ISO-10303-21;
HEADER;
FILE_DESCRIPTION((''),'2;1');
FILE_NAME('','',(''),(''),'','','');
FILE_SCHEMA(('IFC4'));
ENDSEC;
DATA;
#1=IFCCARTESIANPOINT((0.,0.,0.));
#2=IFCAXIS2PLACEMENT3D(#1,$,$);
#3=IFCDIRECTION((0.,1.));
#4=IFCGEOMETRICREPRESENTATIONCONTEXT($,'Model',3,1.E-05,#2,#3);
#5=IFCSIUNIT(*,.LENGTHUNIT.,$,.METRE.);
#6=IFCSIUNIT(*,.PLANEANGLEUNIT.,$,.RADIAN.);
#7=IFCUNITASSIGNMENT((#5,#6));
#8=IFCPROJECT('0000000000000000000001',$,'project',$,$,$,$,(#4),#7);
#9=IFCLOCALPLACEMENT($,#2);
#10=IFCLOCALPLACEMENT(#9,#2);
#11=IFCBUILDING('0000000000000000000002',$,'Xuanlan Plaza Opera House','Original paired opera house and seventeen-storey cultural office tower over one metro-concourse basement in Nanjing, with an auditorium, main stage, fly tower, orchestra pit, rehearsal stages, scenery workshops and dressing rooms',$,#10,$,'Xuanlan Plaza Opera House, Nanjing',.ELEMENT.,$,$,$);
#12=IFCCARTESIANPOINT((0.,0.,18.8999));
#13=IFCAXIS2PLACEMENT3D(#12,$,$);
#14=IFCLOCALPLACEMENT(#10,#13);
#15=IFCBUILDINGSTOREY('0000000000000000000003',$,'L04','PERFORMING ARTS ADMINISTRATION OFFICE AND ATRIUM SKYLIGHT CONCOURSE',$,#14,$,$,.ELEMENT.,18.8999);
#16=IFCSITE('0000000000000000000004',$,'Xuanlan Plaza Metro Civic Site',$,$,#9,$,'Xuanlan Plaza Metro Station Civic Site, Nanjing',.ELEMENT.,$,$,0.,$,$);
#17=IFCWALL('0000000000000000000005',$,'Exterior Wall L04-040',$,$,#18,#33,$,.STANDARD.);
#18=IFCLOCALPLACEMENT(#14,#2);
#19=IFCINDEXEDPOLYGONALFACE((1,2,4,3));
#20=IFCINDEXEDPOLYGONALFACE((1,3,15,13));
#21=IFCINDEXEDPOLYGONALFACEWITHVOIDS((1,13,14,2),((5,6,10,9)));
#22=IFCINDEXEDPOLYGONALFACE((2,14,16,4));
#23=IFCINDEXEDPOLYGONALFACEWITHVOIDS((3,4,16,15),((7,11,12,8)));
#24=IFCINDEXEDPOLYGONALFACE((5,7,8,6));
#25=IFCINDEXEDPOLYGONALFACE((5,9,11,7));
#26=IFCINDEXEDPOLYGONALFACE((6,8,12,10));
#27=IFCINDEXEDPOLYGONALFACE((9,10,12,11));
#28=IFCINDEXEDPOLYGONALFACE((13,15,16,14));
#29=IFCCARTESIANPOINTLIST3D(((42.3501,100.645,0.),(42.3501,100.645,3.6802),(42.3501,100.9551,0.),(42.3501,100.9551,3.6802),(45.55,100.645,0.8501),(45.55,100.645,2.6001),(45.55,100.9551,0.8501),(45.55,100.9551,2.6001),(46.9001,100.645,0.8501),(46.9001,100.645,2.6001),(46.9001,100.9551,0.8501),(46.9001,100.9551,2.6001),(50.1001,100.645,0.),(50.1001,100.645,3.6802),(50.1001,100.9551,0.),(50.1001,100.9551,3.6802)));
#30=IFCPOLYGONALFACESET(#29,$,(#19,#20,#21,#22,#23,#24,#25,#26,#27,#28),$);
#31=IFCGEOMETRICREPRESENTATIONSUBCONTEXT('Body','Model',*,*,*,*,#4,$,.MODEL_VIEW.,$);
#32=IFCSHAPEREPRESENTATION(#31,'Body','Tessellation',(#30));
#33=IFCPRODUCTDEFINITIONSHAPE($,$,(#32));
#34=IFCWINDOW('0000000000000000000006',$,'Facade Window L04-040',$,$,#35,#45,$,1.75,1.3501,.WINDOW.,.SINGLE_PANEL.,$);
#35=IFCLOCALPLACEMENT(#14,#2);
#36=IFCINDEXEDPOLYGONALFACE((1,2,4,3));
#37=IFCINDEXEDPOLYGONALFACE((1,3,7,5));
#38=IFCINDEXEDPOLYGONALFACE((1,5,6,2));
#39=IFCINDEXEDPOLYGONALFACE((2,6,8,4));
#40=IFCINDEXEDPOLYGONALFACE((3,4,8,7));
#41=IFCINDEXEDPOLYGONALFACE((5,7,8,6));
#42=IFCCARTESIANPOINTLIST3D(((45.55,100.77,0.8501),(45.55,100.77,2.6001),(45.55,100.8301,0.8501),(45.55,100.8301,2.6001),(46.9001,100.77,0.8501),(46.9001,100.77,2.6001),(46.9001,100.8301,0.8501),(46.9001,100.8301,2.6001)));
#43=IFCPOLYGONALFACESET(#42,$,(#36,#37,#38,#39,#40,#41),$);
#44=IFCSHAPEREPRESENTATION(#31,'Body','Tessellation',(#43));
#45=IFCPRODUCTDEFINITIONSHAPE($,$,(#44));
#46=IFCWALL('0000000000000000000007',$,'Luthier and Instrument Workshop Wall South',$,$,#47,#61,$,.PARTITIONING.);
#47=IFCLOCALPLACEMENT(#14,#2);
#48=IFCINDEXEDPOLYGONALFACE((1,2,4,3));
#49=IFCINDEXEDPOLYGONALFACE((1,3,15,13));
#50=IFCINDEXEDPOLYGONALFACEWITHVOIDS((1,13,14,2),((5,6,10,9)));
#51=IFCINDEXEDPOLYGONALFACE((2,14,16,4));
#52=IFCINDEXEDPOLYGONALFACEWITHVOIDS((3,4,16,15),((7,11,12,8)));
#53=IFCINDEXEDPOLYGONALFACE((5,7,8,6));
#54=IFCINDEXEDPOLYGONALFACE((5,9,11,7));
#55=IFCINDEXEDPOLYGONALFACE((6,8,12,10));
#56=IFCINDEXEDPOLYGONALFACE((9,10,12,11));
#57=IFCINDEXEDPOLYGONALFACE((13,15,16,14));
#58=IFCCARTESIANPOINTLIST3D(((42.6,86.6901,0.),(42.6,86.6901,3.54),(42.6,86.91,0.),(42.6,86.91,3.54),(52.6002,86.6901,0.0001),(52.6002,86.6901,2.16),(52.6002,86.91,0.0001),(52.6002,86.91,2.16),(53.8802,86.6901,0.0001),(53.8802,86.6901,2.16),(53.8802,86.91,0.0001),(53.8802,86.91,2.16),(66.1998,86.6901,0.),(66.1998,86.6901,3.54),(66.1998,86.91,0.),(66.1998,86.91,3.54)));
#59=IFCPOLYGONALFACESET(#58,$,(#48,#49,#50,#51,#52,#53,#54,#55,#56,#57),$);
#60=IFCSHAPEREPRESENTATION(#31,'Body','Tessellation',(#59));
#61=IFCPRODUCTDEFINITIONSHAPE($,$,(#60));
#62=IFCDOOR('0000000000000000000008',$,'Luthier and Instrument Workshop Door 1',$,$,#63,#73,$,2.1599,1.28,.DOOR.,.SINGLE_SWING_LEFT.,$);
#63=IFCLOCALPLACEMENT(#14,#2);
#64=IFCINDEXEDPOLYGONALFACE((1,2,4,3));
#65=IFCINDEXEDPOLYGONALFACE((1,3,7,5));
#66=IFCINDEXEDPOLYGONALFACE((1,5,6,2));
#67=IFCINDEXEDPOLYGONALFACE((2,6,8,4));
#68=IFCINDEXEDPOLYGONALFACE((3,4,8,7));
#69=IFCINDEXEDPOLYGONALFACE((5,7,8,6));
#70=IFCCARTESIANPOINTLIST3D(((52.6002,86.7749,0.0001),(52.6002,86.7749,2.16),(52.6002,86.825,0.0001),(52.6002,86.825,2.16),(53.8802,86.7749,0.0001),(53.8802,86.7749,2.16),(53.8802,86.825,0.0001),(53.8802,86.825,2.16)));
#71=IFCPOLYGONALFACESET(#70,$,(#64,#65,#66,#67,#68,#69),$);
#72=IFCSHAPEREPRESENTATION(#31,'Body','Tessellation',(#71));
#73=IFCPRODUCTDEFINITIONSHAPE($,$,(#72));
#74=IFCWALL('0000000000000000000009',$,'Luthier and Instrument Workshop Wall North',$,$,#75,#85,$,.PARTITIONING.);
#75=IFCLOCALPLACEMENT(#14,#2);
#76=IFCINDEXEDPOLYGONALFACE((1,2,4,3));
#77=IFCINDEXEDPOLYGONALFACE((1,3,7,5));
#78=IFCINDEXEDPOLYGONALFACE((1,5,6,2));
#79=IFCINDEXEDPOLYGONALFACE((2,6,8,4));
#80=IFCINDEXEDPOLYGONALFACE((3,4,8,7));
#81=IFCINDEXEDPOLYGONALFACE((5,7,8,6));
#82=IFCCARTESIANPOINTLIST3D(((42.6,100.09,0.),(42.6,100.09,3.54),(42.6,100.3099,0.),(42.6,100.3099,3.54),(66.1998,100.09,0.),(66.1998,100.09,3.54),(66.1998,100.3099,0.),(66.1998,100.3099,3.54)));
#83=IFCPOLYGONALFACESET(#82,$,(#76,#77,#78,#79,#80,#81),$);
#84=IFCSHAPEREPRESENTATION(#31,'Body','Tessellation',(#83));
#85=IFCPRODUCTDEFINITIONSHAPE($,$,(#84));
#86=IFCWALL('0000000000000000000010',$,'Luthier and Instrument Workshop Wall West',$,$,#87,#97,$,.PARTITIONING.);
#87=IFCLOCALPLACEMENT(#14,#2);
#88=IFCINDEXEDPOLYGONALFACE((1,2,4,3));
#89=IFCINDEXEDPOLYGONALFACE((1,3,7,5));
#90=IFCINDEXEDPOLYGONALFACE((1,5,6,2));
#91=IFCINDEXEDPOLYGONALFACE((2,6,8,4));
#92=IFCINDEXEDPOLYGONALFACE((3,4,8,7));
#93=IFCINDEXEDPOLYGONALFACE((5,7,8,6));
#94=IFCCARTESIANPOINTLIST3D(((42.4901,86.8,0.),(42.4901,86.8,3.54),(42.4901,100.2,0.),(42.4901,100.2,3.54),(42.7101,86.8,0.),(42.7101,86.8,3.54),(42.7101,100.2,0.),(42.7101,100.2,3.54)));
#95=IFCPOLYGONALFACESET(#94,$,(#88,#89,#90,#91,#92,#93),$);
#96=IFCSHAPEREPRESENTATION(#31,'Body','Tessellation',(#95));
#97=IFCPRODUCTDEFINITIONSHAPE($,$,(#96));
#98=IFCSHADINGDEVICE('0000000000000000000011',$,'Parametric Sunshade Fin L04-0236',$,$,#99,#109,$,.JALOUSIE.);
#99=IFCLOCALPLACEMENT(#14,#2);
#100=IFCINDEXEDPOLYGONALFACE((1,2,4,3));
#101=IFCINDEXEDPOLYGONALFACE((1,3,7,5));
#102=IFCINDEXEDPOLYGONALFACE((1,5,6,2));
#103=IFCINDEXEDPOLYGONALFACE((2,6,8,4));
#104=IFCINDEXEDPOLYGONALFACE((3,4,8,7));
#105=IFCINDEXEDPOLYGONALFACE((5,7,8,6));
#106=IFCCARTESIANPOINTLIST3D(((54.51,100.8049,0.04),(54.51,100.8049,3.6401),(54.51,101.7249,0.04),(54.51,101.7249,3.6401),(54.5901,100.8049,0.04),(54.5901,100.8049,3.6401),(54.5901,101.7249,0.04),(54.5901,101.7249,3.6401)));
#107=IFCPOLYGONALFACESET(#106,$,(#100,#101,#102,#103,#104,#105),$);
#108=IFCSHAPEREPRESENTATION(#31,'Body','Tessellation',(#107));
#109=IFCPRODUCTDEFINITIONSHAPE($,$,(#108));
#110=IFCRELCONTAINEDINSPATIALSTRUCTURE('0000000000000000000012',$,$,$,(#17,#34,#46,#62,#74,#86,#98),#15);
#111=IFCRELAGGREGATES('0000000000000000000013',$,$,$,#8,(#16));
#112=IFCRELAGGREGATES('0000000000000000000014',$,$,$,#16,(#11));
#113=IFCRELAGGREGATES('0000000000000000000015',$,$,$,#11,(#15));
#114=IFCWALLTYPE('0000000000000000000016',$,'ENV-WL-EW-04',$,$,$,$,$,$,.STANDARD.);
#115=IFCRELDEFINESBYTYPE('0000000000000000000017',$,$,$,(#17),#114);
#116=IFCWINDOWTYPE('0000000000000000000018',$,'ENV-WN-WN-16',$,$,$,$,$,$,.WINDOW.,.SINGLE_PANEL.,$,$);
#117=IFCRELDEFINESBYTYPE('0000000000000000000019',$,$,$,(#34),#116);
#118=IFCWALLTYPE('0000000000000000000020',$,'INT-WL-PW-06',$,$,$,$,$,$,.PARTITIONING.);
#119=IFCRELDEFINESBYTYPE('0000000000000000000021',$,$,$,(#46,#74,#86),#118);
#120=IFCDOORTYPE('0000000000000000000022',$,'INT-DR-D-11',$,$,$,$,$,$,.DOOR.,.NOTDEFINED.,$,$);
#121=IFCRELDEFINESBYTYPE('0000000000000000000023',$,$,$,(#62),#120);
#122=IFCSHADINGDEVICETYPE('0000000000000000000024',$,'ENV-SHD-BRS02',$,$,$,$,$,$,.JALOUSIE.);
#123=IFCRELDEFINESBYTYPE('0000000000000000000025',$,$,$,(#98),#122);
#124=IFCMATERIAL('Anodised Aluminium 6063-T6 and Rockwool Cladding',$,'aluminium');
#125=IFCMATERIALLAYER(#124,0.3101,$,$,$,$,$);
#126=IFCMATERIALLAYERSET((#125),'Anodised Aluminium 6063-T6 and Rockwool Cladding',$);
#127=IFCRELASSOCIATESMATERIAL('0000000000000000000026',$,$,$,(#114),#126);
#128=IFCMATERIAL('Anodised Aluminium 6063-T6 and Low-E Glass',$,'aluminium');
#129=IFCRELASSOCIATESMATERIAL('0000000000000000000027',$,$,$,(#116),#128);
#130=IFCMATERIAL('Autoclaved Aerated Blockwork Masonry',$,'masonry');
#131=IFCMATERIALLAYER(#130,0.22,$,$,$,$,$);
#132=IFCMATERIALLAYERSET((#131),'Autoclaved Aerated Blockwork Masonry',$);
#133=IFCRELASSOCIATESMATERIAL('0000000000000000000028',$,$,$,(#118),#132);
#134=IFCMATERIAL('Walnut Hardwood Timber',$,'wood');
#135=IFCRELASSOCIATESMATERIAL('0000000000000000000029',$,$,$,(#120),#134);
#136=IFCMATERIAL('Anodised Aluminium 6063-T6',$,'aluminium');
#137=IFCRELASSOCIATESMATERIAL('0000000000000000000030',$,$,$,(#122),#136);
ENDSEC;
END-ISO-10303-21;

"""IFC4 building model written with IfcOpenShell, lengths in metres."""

from ifc_helpers import new_model, si_unit, direction, frame, frame_2d, origin, origin_2d, place, context, subcontext, project, spatial, rectangle, extrude, material, layer, layer_set, type_object, element, fill, save


model = new_model("IFC4")

# Units and contexts
model_context = context("Model", 3, precision=1e-05, world=origin(), true_north=direction((0.0, 1.0)))
body_context = subcontext(model_context, "Body", "Model", "MODEL_VIEW")
ifc_project = project(units=[si_unit("LENGTHUNIT", "METRE"), si_unit("PLANEANGLEUNIT", "RADIAN")], contexts=[model_context])

# Site, building, storey
site_placement = place(None, origin())
site = spatial("IfcSite", under=ifc_project, at=site_placement, Name="Xuanlan Plaza Metro Civic Site", LongName="Xuanlan Plaza Metro Station Civic Site, Nanjing", CompositionType="ELEMENT", RefElevation=0.0)
building_placement = place(site_placement, origin())
building = spatial("IfcBuilding", under=site, at=building_placement, Name="Xuanlan Plaza Opera House", Description="Original paired opera house and seventeen-storey cultural office tower over one metro-concourse basement in Nanjing, with an auditorium, main stage, fly tower, orchestra pit, rehearsal stages, scenery workshops and dressing rooms", LongName="Xuanlan Plaza Opera House, Nanjing", CompositionType="ELEMENT")
storey_placement = place(building_placement, frame((0.0, 0.0, 18.8999)))
storey = spatial("IfcBuildingStorey", under=building, at=storey_placement, Name="L04", Description="PERFORMING ARTS ADMINISTRATION OFFICE AND ATRIUM SKYLIGHT CONCOURSE", CompositionType="ELEMENT", Elevation=18.8999)

# Shared definitions
ifc_material_1 = material(Name="Anodised Aluminium 6063-T6 and Low-E Glass", Category="aluminium")
ifc_material_2 = material(Name="Anodised Aluminium 6063-T6", Category="aluminium")

# Wall, opening, window
ifc_material_3 = material(Name="Anodised Aluminium 6063-T6 and Rockwool Cladding", Category="aluminium")
ifc_layer_1 = layer(ifc_material_3, 0.3101)
ifc_layer_set_1 = layer_set([ifc_layer_1], Name="Anodised Aluminium 6063-T6 and Rockwool Cladding")
wall_type_1 = type_object("IfcWallType", Name="ENV-WL-EW-04", PredefinedType="STANDARD", material=ifc_layer_set_1)
wall_1_placement = place(storey_placement, frame((50.1001, 100.8, 0.0), z_axis=(0.0, 0.0, 1.0), x_axis=(-1.0, 0.0, 0.0)))
wall_1 = element("IfcWall", 1, at=wall_1_placement, inside=storey, type_object=wall_type_1, Name="Exterior Wall L04-040", PredefinedType="STANDARD", context=body_context, shape_type="SweptSolid", body=[
    extrude(rectangle(XDim=7.75, YDim=0.3101, at=frame_2d((3.875, 0.0))), origin(), (0.0, 0.0, 1.0), 3.6802),
])
opening_1_placement = place(wall_1_placement, frame((3.2, 0.0, 0.8501)))
opening_1 = element("IfcOpeningElement", 2, at=opening_1_placement, cuts=wall_1, PredefinedType="OPENING", context=body_context, shape_type="SweptSolid", body=[
    extrude(rectangle(XDim=1.3501, YDim=1.75, at=frame_2d((0.675, 0.875))), frame((0.0, 0.165, 0.0), z_axis=(0.0, -1.0, 0.0), x_axis=(1.0, 0.0, 0.0)), (0.0, 0.0, 1.0), 0.3301),
])
window_type = type_object("IfcWindowType", Name="ENV-WN-WN-16", PartitioningType="SINGLE_PANEL", PredefinedType="WINDOW", material=ifc_material_1)
window_placement = place(opening_1_placement, origin())
window = element("IfcWindow", 3, at=window_placement, inside=storey, type_object=window_type, Name="Facade Window L04-040", OverallHeight=1.75, OverallWidth=1.3501, PartitioningType="SINGLE_PANEL", PredefinedType="WINDOW", context=body_context, shape_type="SweptSolid", body=[
    extrude(rectangle(XDim=1.3501, YDim=1.75, at=frame_2d((0.675, 0.875))), frame((0.0, 0.03, 0.0), z_axis=(0.0, -1.0, 0.0), x_axis=(1.0, 0.0, 0.0)), (0.0, 0.0, 1.0), 0.0601),
])
fill(opening_1, window)

# Wall, opening, door
ifc_material_4 = material(Name="Autoclaved Aerated Blockwork Masonry", Category="masonry")
ifc_layer_2 = layer(ifc_material_4, 0.22)
ifc_layer_set_2 = layer_set([ifc_layer_2], Name="Autoclaved Aerated Blockwork Masonry")
wall_type_2 = type_object("IfcWallType", Name="INT-WL-PW-06", PredefinedType="PARTITIONING", material=ifc_layer_set_2)
wall_2_placement = place(storey_placement, frame((42.6001, 86.8, 0.0), z_axis=(0.0, 0.0, 1.0), x_axis=(1.0, 0.0, 0.0)))
wall_2 = element("IfcWall", 4, at=wall_2_placement, inside=storey, type_object=wall_type_2, Name="Luthier and Instrument Workshop Wall South", PredefinedType="PARTITIONING", context=body_context, shape_type="SweptSolid", body=[
    extrude(rectangle(XDim=23.5999, YDim=0.22, at=frame_2d((11.7998, 0.0))), origin(), (0.0, 0.0, 1.0), 3.54),
])
opening_2_placement = place(wall_2_placement, frame((10.0, 0.0, 0.0)))
opening_2 = element("IfcOpeningElement", 5, at=opening_2_placement, cuts=wall_2, PredefinedType="OPENING", context=body_context, shape_type="SweptSolid", body=[
    extrude(rectangle(XDim=1.28, YDim=2.1599, at=frame_2d((0.6401, 1.0801))), frame((0.0, 0.1199, 0.0), z_axis=(0.0, -1.0, 0.0), x_axis=(1.0, 0.0, 0.0)), (0.0, 0.0, 1.0), 0.24),
])
ifc_material_5 = material(Name="Walnut Hardwood Timber", Category="wood")
door_type = type_object("IfcDoorType", Name="INT-DR-D-11", OperationType="NOTDEFINED", PredefinedType="DOOR", material=ifc_material_5)
door_placement = place(opening_2_placement, origin())
door = element("IfcDoor", 6, at=door_placement, inside=storey, type_object=door_type, Name="Luthier and Instrument Workshop Door 1", OperationType="SINGLE_SWING_LEFT", OverallHeight=2.1599, OverallWidth=1.28, PredefinedType="DOOR", context=body_context, shape_type="SweptSolid", body=[
    extrude(rectangle(XDim=1.28, YDim=2.1599, at=frame_2d((0.6401, 1.0801))), frame((0.0, 0.0249, 0.0), z_axis=(0.0, -1.0, 0.0), x_axis=(1.0, 0.0, 0.0)), (0.0, 0.0, 1.0), 0.05),
])
fill(opening_2, door)

# Walls
wall_3_placement = place(storey_placement, frame((42.6001, 100.2, 0.0), z_axis=(0.0, 0.0, 1.0), x_axis=(1.0, 0.0, 0.0)))
element("IfcWall", 7, at=wall_3_placement, inside=storey, type_object=wall_type_2, Name="Luthier and Instrument Workshop Wall North", PredefinedType="PARTITIONING", context=body_context, shape_type="SweptSolid", body=[
    extrude(rectangle(XDim=23.5999, YDim=0.22, at=frame_2d((11.7998, 0.0))), origin(), (0.0, 0.0, 1.0), 3.54),
])
wall_4_placement = place(storey_placement, frame((42.6001, 86.8, 0.0), z_axis=(0.0, 0.0, 1.0), x_axis=(0.0, 1.0, 0.0)))
element("IfcWall", 8, at=wall_4_placement, inside=storey, type_object=wall_type_2, Name="Luthier and Instrument Workshop Wall West", PredefinedType="PARTITIONING", context=body_context, shape_type="SweptSolid", body=[
    extrude(rectangle(XDim=13.3999, YDim=0.22, at=frame_2d((6.7, 0.0))), origin(), (0.0, 0.0, 1.0), 3.54),
])

# Shading device
shading_device_type = type_object("IfcShadingDeviceType", Name="ENV-SHD-BRS02", PredefinedType="JALOUSIE", material=ifc_material_2)
shading_device_placement = place(storey_placement, frame((54.55, 101.2649, 0.04), z_axis=(0.0, 0.0, 1.0), x_axis=(0.0, 1.0, 0.0)))
element("IfcShadingDevice", 9, at=shading_device_placement, inside=storey, type_object=shading_device_type, Name="Parametric Sunshade Fin L04-0236", PredefinedType="JALOUSIE", context=body_context, shape_type="SweptSolid", body=[
    extrude(rectangle(XDim=0.9199, YDim=0.0801, at=origin_2d()), origin(), (0.0, 0.0, 1.0), 3.6001),
])

save(model, "model.ifc")
